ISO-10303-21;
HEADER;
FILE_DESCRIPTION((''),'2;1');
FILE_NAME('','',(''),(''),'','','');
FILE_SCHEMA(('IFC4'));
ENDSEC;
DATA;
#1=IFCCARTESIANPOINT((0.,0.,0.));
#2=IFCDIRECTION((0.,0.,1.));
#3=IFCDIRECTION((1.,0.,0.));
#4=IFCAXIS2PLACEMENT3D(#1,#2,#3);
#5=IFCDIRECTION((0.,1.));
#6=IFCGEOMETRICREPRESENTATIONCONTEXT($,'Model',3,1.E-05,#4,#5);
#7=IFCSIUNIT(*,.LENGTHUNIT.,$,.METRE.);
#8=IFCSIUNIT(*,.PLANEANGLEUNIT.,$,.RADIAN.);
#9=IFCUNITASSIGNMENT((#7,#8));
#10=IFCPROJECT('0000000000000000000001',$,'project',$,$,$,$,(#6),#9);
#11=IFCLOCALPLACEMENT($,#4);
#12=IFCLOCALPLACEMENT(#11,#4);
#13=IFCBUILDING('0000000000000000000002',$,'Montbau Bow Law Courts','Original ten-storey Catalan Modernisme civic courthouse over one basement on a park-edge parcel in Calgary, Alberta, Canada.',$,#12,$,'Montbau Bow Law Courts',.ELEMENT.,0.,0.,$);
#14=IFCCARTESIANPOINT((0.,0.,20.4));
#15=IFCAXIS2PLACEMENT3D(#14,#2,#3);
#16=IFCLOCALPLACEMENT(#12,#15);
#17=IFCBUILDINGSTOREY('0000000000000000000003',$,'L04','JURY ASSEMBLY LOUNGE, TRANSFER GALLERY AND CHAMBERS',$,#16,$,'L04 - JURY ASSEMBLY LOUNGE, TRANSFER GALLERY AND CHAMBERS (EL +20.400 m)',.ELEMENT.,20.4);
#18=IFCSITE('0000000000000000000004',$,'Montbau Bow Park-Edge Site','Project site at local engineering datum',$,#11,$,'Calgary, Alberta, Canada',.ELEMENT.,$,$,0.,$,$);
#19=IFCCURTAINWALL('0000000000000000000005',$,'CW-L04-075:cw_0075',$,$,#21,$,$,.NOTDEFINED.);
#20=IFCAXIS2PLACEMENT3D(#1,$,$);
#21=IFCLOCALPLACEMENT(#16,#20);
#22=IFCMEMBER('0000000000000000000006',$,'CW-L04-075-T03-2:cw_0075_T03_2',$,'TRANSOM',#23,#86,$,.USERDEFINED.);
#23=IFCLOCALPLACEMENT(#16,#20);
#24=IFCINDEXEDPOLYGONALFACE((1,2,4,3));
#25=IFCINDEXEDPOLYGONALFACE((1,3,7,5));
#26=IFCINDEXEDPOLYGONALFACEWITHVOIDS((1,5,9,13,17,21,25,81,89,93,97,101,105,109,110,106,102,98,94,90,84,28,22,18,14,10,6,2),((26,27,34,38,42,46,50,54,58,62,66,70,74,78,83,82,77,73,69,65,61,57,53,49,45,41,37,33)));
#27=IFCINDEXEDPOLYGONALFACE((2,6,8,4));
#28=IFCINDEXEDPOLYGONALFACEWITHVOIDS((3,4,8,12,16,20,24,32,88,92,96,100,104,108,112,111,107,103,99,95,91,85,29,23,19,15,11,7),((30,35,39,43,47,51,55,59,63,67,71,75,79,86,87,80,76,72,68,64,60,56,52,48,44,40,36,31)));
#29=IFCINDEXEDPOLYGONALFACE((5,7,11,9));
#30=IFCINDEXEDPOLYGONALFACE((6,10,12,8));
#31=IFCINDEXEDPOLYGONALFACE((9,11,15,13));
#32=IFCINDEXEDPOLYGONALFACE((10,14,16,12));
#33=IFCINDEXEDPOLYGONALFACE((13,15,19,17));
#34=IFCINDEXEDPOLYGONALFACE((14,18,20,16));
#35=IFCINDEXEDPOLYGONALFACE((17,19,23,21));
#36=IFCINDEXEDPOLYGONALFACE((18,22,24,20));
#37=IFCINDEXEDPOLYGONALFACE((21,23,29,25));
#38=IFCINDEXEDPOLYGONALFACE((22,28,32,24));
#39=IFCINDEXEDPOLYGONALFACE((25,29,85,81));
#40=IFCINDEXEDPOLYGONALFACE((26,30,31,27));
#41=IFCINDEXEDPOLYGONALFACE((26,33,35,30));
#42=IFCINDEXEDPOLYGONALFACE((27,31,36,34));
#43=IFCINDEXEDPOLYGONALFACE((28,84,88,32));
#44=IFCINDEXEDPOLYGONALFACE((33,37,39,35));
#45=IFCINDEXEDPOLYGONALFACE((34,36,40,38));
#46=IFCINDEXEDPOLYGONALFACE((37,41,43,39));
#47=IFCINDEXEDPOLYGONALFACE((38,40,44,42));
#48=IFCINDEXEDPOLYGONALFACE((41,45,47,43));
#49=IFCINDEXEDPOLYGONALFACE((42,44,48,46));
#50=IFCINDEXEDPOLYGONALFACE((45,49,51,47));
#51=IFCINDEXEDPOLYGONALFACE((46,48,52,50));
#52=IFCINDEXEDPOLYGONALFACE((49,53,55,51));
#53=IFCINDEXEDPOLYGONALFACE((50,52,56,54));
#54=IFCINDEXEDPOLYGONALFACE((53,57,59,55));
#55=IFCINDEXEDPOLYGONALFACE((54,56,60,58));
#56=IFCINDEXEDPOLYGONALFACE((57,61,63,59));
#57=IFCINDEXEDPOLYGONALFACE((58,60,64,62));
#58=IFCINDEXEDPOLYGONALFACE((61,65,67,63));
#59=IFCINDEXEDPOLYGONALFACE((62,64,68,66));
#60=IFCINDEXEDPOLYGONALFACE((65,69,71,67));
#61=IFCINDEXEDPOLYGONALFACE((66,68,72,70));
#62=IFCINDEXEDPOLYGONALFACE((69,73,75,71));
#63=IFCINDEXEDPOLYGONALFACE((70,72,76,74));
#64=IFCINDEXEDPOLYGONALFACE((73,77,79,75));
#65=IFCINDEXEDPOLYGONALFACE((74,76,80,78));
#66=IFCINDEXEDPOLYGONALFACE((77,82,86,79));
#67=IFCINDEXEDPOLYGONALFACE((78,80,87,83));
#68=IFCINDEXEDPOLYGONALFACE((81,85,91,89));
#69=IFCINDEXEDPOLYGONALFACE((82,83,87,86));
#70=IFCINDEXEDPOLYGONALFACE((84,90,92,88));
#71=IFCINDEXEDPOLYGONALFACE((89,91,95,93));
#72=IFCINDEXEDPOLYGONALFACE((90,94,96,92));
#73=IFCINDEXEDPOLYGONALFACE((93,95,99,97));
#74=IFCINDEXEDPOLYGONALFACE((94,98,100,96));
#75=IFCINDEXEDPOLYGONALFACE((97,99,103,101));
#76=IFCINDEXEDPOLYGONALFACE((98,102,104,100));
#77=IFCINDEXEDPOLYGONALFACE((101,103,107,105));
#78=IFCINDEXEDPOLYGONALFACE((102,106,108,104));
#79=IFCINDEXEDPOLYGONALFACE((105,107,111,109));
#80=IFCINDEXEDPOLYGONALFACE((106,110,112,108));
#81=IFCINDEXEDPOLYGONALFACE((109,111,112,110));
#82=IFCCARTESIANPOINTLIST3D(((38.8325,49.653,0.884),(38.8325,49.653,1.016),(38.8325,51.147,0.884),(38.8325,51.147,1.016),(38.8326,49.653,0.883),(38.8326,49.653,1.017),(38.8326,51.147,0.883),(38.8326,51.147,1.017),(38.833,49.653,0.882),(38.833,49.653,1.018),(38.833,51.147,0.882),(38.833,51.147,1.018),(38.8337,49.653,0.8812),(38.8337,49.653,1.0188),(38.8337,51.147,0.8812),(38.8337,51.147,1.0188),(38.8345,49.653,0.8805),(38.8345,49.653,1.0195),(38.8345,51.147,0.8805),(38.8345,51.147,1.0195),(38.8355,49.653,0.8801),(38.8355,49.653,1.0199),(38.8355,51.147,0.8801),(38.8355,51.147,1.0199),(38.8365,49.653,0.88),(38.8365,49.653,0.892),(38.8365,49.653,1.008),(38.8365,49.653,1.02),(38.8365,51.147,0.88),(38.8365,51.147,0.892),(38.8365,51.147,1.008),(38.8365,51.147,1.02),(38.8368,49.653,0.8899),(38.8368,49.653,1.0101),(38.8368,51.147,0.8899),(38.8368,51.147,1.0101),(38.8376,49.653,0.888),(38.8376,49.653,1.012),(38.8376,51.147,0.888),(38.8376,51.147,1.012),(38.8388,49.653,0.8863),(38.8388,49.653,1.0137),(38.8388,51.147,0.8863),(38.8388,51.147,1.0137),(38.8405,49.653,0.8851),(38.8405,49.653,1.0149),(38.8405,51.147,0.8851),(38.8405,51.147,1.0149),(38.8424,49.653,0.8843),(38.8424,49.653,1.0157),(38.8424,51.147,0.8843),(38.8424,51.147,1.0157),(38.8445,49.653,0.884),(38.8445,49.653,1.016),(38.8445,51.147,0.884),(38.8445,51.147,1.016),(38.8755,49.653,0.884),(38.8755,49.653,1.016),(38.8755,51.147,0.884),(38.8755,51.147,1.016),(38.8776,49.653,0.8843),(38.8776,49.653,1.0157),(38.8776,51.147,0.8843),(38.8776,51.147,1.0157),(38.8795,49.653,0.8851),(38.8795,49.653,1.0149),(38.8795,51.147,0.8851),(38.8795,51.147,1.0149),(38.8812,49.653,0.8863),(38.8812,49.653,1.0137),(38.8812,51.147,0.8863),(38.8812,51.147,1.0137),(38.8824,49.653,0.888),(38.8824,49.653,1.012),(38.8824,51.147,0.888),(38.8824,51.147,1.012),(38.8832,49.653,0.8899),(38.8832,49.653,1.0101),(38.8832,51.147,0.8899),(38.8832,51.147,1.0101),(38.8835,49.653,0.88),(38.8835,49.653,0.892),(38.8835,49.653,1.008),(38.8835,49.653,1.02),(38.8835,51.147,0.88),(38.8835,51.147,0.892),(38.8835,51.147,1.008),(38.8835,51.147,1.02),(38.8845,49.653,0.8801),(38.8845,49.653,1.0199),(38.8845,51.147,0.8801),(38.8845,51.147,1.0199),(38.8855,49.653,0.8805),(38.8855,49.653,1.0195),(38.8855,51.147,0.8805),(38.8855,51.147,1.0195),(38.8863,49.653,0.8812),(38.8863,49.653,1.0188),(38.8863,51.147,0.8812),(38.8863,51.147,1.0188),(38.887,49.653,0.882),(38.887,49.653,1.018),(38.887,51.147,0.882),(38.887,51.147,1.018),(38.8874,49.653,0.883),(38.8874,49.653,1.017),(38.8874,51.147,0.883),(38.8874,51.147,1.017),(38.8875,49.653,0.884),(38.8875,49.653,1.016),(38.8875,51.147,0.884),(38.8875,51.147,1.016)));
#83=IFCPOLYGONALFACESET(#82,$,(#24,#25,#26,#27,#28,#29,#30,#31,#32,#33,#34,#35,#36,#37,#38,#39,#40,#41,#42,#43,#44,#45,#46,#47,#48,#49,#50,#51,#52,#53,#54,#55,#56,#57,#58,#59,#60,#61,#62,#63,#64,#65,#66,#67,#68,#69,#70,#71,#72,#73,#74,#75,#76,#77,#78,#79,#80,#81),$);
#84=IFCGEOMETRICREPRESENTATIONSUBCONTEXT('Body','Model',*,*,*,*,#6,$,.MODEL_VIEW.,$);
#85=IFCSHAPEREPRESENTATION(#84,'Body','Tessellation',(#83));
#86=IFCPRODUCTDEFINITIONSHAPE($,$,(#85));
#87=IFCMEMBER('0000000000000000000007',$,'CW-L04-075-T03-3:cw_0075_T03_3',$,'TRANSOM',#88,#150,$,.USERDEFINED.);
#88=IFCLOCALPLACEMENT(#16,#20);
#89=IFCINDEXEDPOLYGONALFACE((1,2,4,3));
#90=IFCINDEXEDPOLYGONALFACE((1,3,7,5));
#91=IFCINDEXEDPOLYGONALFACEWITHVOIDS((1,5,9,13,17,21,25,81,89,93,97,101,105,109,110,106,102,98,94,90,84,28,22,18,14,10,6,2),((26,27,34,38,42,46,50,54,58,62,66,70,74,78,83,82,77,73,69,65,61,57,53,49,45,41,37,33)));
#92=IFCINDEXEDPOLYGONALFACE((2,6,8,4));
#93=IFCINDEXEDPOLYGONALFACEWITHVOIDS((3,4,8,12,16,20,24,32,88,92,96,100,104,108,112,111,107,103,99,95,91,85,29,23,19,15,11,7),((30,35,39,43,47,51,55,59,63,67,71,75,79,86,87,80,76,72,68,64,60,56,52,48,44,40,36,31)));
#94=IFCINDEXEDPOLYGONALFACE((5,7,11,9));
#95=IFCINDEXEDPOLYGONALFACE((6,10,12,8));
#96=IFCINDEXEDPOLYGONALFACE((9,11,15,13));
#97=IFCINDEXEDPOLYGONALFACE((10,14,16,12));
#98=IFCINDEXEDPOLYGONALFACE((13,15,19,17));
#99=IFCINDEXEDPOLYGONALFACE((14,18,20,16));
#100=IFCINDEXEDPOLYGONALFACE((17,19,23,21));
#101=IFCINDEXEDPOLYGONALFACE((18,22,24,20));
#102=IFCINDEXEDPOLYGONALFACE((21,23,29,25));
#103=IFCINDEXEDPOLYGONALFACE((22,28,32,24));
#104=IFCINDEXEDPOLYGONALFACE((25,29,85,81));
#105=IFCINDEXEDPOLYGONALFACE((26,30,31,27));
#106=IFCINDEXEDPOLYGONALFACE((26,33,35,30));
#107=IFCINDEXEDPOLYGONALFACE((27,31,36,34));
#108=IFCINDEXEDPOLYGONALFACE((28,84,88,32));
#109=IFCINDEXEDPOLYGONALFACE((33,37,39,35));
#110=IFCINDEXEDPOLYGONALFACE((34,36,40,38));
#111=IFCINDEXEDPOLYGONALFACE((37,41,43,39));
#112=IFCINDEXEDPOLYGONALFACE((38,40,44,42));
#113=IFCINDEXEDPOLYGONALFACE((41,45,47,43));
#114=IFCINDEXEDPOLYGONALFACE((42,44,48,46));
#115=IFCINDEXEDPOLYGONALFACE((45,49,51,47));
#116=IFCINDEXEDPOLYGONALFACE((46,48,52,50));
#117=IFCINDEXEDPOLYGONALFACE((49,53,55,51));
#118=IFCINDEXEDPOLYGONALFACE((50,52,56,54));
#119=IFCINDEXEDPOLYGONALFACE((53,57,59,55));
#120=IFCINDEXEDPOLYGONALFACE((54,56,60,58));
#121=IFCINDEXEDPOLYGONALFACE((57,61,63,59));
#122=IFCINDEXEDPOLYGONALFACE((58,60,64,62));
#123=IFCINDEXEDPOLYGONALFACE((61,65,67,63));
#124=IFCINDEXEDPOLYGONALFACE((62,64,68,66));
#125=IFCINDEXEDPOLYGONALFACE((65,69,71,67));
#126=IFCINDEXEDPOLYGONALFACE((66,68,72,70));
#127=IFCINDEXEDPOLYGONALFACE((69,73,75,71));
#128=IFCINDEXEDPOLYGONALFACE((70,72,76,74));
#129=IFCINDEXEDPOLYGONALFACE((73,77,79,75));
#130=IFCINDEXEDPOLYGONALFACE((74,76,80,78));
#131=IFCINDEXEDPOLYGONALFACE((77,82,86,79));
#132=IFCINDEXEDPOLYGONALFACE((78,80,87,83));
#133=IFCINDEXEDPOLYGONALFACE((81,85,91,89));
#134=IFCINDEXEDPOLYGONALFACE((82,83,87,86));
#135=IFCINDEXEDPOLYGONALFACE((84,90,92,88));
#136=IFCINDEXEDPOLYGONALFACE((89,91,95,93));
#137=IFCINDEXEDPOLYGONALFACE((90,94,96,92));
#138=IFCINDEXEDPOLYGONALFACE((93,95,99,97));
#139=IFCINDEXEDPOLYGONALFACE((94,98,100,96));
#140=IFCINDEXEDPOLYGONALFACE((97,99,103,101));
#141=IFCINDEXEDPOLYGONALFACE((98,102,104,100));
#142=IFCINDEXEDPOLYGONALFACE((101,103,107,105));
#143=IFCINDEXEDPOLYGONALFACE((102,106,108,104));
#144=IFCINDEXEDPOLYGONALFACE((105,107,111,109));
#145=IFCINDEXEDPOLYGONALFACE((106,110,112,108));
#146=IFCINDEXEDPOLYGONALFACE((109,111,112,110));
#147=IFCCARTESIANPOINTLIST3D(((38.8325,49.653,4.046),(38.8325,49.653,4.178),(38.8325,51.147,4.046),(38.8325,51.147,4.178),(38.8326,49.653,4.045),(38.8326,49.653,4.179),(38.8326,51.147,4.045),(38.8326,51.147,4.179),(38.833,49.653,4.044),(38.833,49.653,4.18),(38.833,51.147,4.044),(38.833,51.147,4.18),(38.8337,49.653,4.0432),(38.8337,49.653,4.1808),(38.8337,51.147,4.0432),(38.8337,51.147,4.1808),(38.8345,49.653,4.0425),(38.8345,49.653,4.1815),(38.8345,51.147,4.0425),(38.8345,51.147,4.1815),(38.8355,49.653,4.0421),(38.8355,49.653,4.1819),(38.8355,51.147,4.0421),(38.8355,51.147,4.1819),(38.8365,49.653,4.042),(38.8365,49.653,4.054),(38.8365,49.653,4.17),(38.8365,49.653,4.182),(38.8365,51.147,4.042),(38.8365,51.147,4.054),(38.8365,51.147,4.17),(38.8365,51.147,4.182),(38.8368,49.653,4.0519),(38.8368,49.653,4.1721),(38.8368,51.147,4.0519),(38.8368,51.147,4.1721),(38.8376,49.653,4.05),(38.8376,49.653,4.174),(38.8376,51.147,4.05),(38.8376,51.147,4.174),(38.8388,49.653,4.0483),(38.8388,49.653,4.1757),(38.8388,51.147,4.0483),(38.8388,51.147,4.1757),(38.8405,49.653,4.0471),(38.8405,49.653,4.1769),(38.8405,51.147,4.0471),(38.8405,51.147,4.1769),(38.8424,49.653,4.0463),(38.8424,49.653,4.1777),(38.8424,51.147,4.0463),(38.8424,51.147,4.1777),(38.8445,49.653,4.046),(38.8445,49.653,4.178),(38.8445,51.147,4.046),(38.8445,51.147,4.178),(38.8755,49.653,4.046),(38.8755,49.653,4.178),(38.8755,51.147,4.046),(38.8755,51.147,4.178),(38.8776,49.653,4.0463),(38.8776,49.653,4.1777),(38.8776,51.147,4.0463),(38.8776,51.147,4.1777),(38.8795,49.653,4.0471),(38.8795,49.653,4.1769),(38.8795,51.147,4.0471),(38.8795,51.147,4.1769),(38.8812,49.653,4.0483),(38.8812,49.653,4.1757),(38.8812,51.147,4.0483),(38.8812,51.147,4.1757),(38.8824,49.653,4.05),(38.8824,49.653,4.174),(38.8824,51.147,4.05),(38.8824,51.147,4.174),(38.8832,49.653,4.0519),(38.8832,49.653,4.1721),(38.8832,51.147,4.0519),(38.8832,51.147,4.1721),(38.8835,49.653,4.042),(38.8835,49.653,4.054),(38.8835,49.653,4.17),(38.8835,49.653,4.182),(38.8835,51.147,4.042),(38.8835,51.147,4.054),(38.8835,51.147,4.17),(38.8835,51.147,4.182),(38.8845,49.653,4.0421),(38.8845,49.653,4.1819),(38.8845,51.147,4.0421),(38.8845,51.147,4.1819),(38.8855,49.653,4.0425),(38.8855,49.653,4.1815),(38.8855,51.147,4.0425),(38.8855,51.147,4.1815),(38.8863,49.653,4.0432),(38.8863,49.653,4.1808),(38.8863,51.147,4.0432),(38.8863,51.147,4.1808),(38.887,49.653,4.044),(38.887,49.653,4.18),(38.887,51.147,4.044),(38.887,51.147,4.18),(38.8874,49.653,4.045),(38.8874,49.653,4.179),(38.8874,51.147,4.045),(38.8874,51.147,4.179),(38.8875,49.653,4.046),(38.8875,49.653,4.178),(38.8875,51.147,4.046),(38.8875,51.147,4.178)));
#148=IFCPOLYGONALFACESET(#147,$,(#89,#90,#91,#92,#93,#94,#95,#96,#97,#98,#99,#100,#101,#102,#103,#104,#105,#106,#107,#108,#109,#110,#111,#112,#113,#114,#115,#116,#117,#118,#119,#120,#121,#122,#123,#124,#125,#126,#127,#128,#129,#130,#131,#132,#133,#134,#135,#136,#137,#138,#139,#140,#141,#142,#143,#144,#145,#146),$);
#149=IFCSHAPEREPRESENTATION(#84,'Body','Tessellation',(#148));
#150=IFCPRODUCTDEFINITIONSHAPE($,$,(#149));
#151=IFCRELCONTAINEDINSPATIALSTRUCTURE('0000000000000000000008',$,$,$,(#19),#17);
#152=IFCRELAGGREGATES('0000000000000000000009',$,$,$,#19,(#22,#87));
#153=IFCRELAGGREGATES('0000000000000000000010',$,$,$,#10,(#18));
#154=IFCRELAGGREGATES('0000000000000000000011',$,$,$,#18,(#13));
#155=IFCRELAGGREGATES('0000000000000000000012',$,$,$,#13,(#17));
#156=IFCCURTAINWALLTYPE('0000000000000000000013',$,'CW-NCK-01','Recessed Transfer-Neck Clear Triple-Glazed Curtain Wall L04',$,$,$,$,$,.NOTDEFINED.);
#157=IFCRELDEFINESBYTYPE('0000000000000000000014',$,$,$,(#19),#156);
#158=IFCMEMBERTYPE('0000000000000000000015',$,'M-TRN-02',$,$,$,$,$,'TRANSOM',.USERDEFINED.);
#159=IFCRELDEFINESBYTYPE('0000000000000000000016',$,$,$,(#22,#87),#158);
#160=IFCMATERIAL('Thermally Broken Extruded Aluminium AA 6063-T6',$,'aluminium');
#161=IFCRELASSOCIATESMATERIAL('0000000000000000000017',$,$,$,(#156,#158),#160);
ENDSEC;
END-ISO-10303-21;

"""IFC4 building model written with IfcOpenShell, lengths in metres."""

from ifc_helpers import new_model, si_unit, direction, frame, origin_with_axes, origin_2d_with_axis, place, context, subcontext, project, spatial, hollow_rectangle, extrude, material, material_profile, profile_set, type_object, element, aggregate, save


model = new_model("IFC4")

# Units and contexts
model_context = context("Model", 3, precision=1e-05, world=origin_with_axes(), true_north=direction((0.0, 1.0)))
body_context = subcontext(model_context, "Body", "Model", "MODEL_VIEW")
ifc_project = project(units=[si_unit("LENGTHUNIT", "METRE"), si_unit("PLANEANGLEUNIT", "RADIAN")], contexts=[model_context])

# Site, building, storey
site_placement = place(None, origin_with_axes())
site = spatial("IfcSite", under=ifc_project, at=site_placement, Name="Montbau Bow Park-Edge Site", Description="Project site at local engineering datum", LongName="Calgary, Alberta, Canada", CompositionType="ELEMENT", RefElevation=0.0)
building_placement = place(site_placement, origin_with_axes())
building = spatial("IfcBuilding", under=site, at=building_placement, Name="Montbau Bow Law Courts", Description="Original ten-storey Catalan Modernisme civic courthouse over one basement on a park-edge parcel in Calgary, Alberta, Canada.", LongName="Montbau Bow Law Courts", CompositionType="ELEMENT", ElevationOfRefHeight=0.0, ElevationOfTerrain=0.0)
storey_placement = place(building_placement, frame((0.0, 0.0, 20.4), z_axis=(0.0, 0.0, 1.0), x_axis=(1.0, 0.0, 0.0)))
storey = spatial("IfcBuildingStorey", under=building, at=storey_placement, Name="L04", Description="JURY ASSEMBLY LOUNGE, TRANSFER GALLERY AND CHAMBERS", LongName="L04 - JURY ASSEMBLY LOUNGE, TRANSFER GALLERY AND CHAMBERS (EL +20.400 m)", CompositionType="ELEMENT", Elevation=20.4)

# Curtain wall
ifc_material_1 = material(Name="Thermally Broken Extruded Aluminium AA 6063-T6", Category="aluminium")
curtain_wall_type = type_object("IfcCurtainWallType", Name="CW-NCK-01", Description="Recessed Transfer-Neck Clear Triple-Glazed Curtain Wall L04", PredefinedType="NOTDEFINED", material=ifc_material_1)
curtain_wall_1_placement = place(None, frame((38.86, 46.468, 20.4), z_axis=(0.0, 0.0, 1.0), x_axis=(1.0, 0.0, 0.0)))
curtain_wall_1 = element("IfcCurtainWall", 1, at=curtain_wall_1_placement, inside=storey, type_object=curtain_wall_type, Name="CW-L04-075:cw_0075", PredefinedType="NOTDEFINED")

# Members
ifc_material_profile_1 = material_profile(ifc_material_1, hollow_rectangle(XDim=0.055, YDim=0.14, WallThickness=0.004, InnerFilletRadius=0.008, OuterFilletRadius=0.004, at=origin_2d_with_axis()), Name="CWT-140X55", Category="Main", Priority=0)
ifc_profile_set_1 = profile_set([ifc_material_profile_1], Name="Thermally Broken Extruded Aluminium AA 6063-T6")
member_type_1 = type_object("IfcMemberType", Name="M-TRN-02", ElementType="TRANSOM", PredefinedType="USERDEFINED", material=ifc_profile_set_1)
member_1_placement = place(None, frame((38.86, 49.653, 21.35), z_axis=(0.0, 1.0, 0.0), x_axis=(-1.0, 0.0, 0.0)))
member_1 = element("IfcMember", 2, at=member_1_placement, type_object=member_type_1, Name="CW-L04-075-T03-2:cw_0075_T03_2", ObjectType="TRANSOM", PredefinedType="USERDEFINED", context=body_context, shape_type="SweptSolid", body=[
    extrude(hollow_rectangle(XDim=0.055, YDim=0.14, WallThickness=0.004, InnerFilletRadius=0.008, OuterFilletRadius=0.004, at=origin_2d_with_axis()), origin_with_axes(), (0.0, 0.0, 1.0), 1.494),
])
member_2_placement = place(None, frame((38.86, 49.653, 24.512), z_axis=(0.0, 1.0, 0.0), x_axis=(-1.0, 0.0, 0.0)))
member_2 = element("IfcMember", 3, at=member_2_placement, type_object=member_type_1, Name="CW-L04-075-T03-3:cw_0075_T03_3", ObjectType="TRANSOM", PredefinedType="USERDEFINED", context=body_context, shape_type="SweptSolid", body=[
    extrude(hollow_rectangle(XDim=0.055, YDim=0.14, WallThickness=0.004, InnerFilletRadius=0.008, OuterFilletRadius=0.004, at=origin_2d_with_axis()), origin_with_axes(), (0.0, 0.0, 1.0), 1.494),
])

aggregate(curtain_wall_1, [member_1, member_2])

save(model, "model.ifc")
